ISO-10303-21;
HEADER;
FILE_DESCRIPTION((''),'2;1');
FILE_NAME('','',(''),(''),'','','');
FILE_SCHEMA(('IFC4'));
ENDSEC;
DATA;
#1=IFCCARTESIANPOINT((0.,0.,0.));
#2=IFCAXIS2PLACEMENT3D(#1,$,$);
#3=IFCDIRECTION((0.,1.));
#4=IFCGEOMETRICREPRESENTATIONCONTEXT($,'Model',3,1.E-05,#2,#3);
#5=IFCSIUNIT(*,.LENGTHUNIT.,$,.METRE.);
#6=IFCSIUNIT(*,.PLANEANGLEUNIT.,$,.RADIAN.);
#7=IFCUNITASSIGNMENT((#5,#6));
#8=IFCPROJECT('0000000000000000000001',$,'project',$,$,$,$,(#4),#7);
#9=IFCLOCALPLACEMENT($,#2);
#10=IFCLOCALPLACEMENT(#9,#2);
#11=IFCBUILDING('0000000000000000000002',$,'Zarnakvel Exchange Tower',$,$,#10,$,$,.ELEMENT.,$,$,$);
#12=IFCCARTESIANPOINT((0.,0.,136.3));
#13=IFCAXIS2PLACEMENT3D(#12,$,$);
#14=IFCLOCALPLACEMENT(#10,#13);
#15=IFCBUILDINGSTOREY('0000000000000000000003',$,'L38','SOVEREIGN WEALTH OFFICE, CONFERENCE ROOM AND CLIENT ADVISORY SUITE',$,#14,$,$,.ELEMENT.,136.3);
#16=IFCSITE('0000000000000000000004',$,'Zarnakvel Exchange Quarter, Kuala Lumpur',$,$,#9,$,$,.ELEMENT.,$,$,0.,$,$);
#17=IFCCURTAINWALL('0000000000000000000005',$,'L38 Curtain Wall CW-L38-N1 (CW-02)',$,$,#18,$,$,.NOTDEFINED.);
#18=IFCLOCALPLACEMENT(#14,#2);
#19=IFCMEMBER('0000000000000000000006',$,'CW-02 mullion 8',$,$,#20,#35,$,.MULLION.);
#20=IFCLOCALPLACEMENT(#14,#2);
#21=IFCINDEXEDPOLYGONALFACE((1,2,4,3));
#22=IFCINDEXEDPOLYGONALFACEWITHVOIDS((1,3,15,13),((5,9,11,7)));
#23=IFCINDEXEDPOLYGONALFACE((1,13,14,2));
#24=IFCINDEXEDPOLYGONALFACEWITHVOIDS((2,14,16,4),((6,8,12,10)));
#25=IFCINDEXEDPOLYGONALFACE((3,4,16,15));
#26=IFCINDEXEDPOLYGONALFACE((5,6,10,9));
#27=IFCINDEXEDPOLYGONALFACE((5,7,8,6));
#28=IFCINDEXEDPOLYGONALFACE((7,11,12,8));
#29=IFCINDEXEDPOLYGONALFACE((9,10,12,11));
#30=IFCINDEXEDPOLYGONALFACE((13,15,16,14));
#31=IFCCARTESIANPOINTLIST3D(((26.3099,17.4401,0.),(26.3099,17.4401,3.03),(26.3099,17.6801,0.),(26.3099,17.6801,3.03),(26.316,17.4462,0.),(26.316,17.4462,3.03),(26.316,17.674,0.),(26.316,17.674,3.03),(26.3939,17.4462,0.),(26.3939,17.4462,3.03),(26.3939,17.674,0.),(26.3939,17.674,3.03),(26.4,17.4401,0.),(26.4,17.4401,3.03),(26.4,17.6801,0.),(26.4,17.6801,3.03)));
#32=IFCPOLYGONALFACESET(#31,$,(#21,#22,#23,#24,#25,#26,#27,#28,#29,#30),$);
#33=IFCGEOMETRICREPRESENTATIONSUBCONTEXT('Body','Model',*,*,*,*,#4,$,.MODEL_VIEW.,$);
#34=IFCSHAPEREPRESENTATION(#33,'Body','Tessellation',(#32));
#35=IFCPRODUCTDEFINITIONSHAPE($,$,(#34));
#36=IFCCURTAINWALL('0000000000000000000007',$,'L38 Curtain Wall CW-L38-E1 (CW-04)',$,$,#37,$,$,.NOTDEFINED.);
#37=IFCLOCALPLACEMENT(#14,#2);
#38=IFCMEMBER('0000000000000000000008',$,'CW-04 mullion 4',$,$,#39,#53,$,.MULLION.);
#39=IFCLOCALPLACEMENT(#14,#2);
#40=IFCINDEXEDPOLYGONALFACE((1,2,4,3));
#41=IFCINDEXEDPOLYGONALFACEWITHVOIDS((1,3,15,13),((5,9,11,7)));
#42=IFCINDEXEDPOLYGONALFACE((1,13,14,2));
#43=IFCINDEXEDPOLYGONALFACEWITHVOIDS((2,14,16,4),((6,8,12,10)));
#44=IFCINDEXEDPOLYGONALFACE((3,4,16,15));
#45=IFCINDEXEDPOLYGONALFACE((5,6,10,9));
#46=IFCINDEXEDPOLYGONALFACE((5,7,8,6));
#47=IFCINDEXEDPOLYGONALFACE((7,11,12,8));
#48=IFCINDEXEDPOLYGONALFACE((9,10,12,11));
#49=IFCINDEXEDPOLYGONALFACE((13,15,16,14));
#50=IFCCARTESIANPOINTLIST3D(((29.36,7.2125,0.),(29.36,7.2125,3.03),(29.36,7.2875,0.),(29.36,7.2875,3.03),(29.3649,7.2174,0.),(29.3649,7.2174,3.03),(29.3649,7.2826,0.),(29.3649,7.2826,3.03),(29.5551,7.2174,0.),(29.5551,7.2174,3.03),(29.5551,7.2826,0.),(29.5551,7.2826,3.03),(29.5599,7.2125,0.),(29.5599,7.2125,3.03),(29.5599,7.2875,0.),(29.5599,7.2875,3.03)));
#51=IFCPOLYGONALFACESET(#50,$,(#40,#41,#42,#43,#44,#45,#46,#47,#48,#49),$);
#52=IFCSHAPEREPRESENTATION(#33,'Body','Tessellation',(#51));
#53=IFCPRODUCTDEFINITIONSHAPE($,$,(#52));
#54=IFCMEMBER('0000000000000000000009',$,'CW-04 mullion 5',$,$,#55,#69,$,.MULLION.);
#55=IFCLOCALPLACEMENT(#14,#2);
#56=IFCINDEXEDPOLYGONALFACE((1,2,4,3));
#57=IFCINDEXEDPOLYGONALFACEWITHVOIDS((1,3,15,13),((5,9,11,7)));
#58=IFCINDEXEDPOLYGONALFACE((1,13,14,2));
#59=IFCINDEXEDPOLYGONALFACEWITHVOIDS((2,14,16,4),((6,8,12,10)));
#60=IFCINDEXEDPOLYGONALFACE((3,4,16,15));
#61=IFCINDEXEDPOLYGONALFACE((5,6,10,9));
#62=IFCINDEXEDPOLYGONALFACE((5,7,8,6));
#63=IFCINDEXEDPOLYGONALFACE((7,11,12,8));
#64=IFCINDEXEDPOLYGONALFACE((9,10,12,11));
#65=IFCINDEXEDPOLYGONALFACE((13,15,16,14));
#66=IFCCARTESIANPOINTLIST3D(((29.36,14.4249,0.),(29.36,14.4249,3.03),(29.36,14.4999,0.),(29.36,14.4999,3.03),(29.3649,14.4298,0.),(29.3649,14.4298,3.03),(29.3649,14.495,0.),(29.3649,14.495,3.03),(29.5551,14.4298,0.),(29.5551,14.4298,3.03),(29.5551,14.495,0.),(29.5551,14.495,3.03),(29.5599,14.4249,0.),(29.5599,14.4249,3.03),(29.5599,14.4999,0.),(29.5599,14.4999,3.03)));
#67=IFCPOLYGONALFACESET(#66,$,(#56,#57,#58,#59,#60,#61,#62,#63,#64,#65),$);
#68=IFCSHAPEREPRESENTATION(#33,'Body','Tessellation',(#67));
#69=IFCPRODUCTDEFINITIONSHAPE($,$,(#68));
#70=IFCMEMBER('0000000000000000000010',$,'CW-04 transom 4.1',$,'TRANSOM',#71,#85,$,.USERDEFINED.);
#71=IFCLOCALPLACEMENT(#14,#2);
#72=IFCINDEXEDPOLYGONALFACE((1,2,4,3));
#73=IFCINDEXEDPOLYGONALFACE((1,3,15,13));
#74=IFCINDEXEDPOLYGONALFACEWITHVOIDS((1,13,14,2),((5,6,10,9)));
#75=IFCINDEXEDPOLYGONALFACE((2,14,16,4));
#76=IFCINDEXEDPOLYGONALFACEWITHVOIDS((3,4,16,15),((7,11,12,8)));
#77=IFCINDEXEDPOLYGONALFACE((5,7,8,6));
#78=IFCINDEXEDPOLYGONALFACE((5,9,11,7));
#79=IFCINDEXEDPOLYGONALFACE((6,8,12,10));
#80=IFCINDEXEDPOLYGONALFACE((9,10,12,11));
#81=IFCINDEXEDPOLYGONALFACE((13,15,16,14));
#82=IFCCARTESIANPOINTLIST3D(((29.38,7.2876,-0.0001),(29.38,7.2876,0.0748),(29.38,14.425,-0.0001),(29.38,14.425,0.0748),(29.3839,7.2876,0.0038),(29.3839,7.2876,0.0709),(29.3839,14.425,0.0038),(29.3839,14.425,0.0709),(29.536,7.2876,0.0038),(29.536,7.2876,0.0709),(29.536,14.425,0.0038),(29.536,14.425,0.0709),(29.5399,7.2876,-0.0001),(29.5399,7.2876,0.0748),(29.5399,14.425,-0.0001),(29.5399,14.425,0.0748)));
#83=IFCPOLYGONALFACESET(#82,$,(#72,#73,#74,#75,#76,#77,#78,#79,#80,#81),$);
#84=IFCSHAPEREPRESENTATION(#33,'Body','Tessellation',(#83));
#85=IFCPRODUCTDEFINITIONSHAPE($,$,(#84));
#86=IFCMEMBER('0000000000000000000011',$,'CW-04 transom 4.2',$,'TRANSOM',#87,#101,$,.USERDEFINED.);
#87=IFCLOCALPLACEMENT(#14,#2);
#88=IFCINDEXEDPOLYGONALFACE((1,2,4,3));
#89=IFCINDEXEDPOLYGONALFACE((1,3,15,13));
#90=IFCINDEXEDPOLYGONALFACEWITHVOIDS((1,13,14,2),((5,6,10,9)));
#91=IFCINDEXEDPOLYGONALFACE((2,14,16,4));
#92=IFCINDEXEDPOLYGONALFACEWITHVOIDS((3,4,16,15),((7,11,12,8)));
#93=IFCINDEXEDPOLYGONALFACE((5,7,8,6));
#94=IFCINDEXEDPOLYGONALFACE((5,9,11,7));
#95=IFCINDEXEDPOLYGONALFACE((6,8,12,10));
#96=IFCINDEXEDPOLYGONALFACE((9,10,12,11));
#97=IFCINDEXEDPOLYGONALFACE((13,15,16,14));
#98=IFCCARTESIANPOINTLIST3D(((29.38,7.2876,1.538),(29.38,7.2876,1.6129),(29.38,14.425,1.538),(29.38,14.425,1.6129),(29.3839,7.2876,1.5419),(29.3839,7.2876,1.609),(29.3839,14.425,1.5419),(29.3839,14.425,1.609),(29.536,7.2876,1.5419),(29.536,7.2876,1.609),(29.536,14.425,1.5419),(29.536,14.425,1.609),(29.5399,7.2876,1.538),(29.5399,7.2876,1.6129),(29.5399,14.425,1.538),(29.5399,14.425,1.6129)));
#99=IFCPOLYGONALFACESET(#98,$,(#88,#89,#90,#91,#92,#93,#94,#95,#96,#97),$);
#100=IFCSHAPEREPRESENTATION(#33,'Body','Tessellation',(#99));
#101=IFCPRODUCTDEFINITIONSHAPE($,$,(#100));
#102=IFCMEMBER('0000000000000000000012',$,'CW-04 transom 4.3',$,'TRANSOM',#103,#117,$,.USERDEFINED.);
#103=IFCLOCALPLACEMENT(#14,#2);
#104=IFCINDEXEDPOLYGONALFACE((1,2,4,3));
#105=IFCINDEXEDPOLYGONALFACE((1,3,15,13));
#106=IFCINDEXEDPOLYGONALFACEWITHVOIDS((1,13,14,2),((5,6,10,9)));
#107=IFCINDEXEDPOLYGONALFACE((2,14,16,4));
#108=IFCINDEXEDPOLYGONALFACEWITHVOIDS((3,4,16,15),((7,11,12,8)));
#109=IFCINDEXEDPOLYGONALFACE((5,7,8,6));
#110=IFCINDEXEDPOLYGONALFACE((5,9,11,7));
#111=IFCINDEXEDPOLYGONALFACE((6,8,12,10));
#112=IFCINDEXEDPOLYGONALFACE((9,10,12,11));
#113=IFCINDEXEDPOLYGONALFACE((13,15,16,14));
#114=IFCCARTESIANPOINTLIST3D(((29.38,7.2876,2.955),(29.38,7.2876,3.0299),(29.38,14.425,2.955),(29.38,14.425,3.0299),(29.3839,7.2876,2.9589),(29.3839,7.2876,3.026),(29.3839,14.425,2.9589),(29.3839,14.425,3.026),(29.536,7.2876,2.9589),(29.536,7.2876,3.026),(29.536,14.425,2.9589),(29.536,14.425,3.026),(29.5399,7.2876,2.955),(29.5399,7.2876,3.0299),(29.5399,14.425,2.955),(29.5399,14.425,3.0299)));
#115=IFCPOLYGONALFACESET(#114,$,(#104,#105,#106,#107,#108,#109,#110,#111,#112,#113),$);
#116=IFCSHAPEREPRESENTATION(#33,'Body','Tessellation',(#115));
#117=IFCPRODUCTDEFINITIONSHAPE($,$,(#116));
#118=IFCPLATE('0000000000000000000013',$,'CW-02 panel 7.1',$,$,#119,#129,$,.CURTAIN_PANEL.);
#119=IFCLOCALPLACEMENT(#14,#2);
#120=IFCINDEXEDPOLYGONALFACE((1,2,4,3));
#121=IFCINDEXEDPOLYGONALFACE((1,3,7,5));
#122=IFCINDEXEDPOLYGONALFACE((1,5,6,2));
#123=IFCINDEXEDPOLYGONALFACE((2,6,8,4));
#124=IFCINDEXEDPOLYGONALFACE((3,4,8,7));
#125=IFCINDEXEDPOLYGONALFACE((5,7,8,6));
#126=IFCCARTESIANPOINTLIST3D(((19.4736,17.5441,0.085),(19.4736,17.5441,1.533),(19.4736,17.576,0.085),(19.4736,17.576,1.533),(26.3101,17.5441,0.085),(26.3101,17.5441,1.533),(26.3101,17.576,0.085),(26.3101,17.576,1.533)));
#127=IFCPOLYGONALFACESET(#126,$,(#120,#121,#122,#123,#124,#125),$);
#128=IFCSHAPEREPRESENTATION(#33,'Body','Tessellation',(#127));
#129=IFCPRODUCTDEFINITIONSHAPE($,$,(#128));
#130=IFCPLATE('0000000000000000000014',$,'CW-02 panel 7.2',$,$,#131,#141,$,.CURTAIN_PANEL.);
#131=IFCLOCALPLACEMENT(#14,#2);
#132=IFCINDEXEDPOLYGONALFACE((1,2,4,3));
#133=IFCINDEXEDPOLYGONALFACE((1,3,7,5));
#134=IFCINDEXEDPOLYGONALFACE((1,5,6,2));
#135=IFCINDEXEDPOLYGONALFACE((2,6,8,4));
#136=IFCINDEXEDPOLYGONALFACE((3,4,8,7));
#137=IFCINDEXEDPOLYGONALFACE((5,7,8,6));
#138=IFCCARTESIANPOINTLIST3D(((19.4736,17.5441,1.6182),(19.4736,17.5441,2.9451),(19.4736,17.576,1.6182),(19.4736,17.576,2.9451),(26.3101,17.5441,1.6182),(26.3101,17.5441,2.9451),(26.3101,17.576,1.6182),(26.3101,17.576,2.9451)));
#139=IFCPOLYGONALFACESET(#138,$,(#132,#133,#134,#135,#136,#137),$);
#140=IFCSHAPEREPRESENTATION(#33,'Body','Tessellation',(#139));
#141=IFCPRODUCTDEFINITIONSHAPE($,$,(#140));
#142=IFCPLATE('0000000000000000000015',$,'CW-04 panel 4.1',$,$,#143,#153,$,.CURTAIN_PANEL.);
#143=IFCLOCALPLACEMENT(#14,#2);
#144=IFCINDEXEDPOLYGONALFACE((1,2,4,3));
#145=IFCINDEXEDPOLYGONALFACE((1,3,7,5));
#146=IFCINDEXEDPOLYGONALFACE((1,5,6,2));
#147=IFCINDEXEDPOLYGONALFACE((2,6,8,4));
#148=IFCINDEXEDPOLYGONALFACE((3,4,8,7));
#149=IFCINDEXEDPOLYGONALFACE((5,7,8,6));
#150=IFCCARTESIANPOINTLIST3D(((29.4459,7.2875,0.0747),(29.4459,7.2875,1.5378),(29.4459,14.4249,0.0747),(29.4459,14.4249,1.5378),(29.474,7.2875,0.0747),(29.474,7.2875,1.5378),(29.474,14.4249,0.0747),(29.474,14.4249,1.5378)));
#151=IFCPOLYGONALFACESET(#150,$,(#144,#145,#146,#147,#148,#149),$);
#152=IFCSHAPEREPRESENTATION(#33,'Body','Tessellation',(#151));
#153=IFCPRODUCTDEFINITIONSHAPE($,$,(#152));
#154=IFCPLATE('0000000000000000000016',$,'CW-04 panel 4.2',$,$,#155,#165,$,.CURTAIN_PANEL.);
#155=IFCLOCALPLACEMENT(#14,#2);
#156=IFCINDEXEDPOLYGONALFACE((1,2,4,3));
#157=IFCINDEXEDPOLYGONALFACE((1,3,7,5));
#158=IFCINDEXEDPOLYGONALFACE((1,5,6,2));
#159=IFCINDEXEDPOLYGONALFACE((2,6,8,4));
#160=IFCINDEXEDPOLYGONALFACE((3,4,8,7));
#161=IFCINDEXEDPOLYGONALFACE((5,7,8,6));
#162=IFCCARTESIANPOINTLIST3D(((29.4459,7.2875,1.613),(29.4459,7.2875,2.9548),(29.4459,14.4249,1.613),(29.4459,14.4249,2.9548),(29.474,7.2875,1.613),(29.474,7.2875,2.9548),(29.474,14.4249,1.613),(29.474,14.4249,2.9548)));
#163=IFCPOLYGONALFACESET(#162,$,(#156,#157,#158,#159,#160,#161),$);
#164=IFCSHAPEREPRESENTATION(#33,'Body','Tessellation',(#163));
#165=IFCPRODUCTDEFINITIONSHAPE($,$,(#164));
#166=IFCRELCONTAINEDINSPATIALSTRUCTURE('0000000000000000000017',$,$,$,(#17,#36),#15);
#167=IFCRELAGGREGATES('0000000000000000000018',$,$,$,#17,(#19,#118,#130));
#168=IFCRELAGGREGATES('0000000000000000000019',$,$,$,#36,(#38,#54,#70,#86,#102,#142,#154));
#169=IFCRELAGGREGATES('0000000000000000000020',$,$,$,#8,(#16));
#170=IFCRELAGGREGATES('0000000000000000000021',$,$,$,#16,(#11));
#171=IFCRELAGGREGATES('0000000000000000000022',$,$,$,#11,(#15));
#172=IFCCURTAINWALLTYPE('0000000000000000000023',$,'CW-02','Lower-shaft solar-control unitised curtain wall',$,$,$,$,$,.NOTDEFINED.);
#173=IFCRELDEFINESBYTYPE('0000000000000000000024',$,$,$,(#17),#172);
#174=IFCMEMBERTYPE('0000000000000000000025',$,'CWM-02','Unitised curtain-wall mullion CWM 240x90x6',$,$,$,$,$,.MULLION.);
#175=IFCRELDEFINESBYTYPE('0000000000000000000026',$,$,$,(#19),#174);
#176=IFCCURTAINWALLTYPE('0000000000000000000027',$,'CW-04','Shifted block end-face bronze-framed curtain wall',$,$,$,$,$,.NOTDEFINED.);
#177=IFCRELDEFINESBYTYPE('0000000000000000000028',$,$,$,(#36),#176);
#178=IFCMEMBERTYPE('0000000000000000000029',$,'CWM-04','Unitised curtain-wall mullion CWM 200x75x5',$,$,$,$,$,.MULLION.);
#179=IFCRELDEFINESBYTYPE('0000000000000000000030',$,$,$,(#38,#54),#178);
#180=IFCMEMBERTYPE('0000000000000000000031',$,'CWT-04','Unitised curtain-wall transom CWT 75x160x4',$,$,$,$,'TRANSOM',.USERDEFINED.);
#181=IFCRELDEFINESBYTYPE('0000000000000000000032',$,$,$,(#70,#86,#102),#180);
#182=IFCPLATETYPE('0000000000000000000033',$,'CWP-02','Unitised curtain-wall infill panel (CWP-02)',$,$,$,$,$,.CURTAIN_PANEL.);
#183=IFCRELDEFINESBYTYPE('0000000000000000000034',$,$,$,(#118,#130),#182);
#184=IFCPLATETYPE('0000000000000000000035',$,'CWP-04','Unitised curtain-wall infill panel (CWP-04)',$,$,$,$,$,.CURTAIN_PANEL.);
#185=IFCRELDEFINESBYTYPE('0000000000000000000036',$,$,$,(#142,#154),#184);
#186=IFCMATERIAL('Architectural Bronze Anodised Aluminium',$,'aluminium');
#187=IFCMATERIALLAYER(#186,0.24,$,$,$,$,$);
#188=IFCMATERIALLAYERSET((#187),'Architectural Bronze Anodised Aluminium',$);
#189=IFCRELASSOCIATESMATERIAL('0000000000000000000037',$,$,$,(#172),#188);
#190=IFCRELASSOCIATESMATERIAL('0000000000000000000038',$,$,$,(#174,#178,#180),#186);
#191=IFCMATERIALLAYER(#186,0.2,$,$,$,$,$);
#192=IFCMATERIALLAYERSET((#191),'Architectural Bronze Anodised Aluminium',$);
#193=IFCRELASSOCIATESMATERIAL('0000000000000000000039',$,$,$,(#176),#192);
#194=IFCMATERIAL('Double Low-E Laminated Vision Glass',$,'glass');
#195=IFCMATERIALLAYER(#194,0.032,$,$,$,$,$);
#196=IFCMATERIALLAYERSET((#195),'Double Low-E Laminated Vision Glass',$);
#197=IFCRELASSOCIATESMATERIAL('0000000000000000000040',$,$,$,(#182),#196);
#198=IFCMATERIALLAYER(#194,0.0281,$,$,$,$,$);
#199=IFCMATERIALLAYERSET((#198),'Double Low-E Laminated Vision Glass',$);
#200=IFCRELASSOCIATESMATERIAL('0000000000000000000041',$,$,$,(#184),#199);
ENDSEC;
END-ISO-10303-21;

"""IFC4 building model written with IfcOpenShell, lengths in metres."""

from ifc_helpers import new_model, si_unit, direction, frame, origin, origin_2d, place, context, subcontext, project, spatial, rectangle, hollow_rectangle, extrude, source, transform, mapped, material, layer, layer_set, material_profile, profile_set, type_object, element, aggregate, save


model = new_model("IFC4")

# Units and contexts
model_context = context("Model", 3, precision=1e-05, world=origin(), true_north=direction((0.0, 1.0)))
body_context = subcontext(model_context, "Body", "Model", "MODEL_VIEW")
ifc_project = project(units=[si_unit("LENGTHUNIT", "METRE"), si_unit("PLANEANGLEUNIT", "RADIAN")], contexts=[model_context])

# Site, building, storey
site_placement = place(None, origin())
site = spatial("IfcSite", under=ifc_project, at=site_placement, Name="Zarnakvel Exchange Quarter, Kuala Lumpur", CompositionType="ELEMENT", RefElevation=0.0)
building_placement = place(site_placement, origin())
building = spatial("IfcBuilding", under=site, at=building_placement, Name="Zarnakvel Exchange Tower", CompositionType="ELEMENT")
storey_placement = place(building_placement, frame((0.0, 0.0, 136.3)))
storey = spatial("IfcBuildingStorey", under=building, at=storey_placement, Name="L38", Description="SOVEREIGN WEALTH OFFICE, CONFERENCE ROOM AND CLIENT ADVISORY SUITE", CompositionType="ELEMENT", Elevation=136.3)

# Curtain wall, member
ifc_material_1 = material(Name="Architectural Bronze Anodised Aluminium", Category="aluminium")
ifc_layer_1 = layer(ifc_material_1, 0.24)
ifc_layer_set_1 = layer_set([ifc_layer_1], Name="Architectural Bronze Anodised Aluminium")
curtain_wall_type_1 = type_object("IfcCurtainWallType", Name="CW-02", Description="Lower-shaft solar-control unitised curtain wall", PredefinedType="NOTDEFINED", material=ifc_layer_set_1)
curtain_wall_1_placement = place(storey_placement, origin())
curtain_wall_1 = element("IfcCurtainWall", 1, at=curtain_wall_1_placement, inside=storey, type_object=curtain_wall_type_1, Name="L38 Curtain Wall CW-L38-N1 (CW-02)", PredefinedType="NOTDEFINED")
ifc_material_profile_1 = material_profile(ifc_material_1, hollow_rectangle(XDim=0.24, YDim=0.0901, WallThickness=0.0061, at=origin_2d()))
ifc_profile_set_1 = profile_set([ifc_material_profile_1], Name="Architectural Bronze Anodised Aluminium")
member_type_1 = type_object("IfcMemberType", Name="CWM-02", Description="Unitised curtain-wall mullion CWM 240x90x6", PredefinedType="MULLION", material=ifc_profile_set_1)
shared_shape_1 = source(origin(), body_context, "Body", "SweptSolid", [
    extrude(hollow_rectangle(XDim=0.24, YDim=0.0901, WallThickness=0.0061, at=origin_2d()), origin(), (0.0, 0.0, 1.0), 3.03),
])
member_1_placement = place(storey_placement, frame((26.355, 17.5601, 0.0), z_axis=(0.0, 0.0, 1.0), x_axis=(0.0, 1.0, 0.0)))
member_1 = element("IfcMember", 2, at=member_1_placement, type_object=member_type_1, Name="CW-02 mullion 8", PredefinedType="MULLION", context=body_context, shape_type="MappedRepresentation", body=[
    mapped(shared_shape_1, transform((0.0, 0.0, 0.0), x_axis=(1.0, 0.0, 0.0), y_axis=(0.0, 1.0, 0.0), z_axis=(0.0, 0.0, 1.0), scale=1.0)),
])

# Curtain wall, members
ifc_layer_2 = layer(ifc_material_1, 0.2)
ifc_layer_set_2 = layer_set([ifc_layer_2], Name="Architectural Bronze Anodised Aluminium")
curtain_wall_type_2 = type_object("IfcCurtainWallType", Name="CW-04", Description="Shifted block end-face bronze-framed curtain wall", PredefinedType="NOTDEFINED", material=ifc_layer_set_2)
curtain_wall_2_placement = place(storey_placement, origin())
curtain_wall_2 = element("IfcCurtainWall", 3, at=curtain_wall_2_placement, inside=storey, type_object=curtain_wall_type_2, Name="L38 Curtain Wall CW-L38-E1 (CW-04)", PredefinedType="NOTDEFINED")
ifc_material_profile_2 = material_profile(ifc_material_1, hollow_rectangle(XDim=0.2, YDim=0.075, WallThickness=0.0049, at=origin_2d()))
ifc_profile_set_2 = profile_set([ifc_material_profile_2], Name="Architectural Bronze Anodised Aluminium")
member_type_2 = type_object("IfcMemberType", Name="CWM-04", Description="Unitised curtain-wall mullion CWM 200x75x5", PredefinedType="MULLION", material=ifc_profile_set_2)
shared_shape_2 = source(origin(), body_context, "Body", "SweptSolid", [
    extrude(hollow_rectangle(XDim=0.2, YDim=0.075, WallThickness=0.0049, at=origin_2d()), origin(), (0.0, 0.0, 1.0), 3.03),
])
member_2_placement = place(storey_placement, frame((29.46, 7.25, 0.0), z_axis=(0.0, 0.0, 1.0), x_axis=(-1.0, 0.0, 0.0)))
member_2 = element("IfcMember", 4, at=member_2_placement, type_object=member_type_2, Name="CW-04 mullion 4", PredefinedType="MULLION", context=body_context, shape_type="MappedRepresentation", body=[
    mapped(shared_shape_2, transform((0.0, 0.0, 0.0), x_axis=(1.0, 0.0, 0.0), y_axis=(0.0, 1.0, 0.0), z_axis=(0.0, 0.0, 1.0), scale=1.0)),
])
member_3_placement = place(storey_placement, frame((29.46, 14.4624, 0.0), z_axis=(0.0, 0.0, 1.0), x_axis=(-1.0, 0.0, 0.0)))
member_3 = element("IfcMember", 5, at=member_3_placement, type_object=member_type_2, Name="CW-04 mullion 5", PredefinedType="MULLION", context=body_context, shape_type="MappedRepresentation", body=[
    mapped(shared_shape_2, transform((0.0, 0.0, 0.0), x_axis=(1.0, 0.0, 0.0), y_axis=(0.0, 1.0, 0.0), z_axis=(0.0, 0.0, 1.0), scale=1.0)),
])
ifc_material_profile_3 = material_profile(ifc_material_1, hollow_rectangle(XDim=0.1599, YDim=0.075, WallThickness=0.0039, at=origin_2d()))
ifc_profile_set_3 = profile_set([ifc_material_profile_3], Name="Architectural Bronze Anodised Aluminium")
member_type_3 = type_object("IfcMemberType", Name="CWT-04", Description="Unitised curtain-wall transom CWT 75x160x4", ElementType="TRANSOM", PredefinedType="USERDEFINED", material=ifc_profile_set_3)
shared_shape_3 = source(origin(), body_context, "Body", "SweptSolid", [
    extrude(hollow_rectangle(XDim=0.1599, YDim=0.075, WallThickness=0.0039, at=origin_2d()), origin(), (0.0, 0.0, 1.0), 7.1375),
])
member_4_placement = place(storey_placement, frame((29.46, 7.2876, 0.0374), z_axis=(0.0, 1.0, 0.0), x_axis=(-1.0, 0.0, 0.0)))
member_4 = element("IfcMember", 6, at=member_4_placement, type_object=member_type_3, Name="CW-04 transom 4.1", ObjectType="TRANSOM", PredefinedType="USERDEFINED", context=body_context, shape_type="MappedRepresentation", body=[
    mapped(shared_shape_3, transform((0.0, 0.0, 0.0), x_axis=(1.0, 0.0, 0.0), y_axis=(0.0, 1.0, 0.0), z_axis=(0.0, 0.0, 1.0), scale=1.0)),
])
member_5_placement = place(storey_placement, frame((29.46, 7.2876, 1.5754), z_axis=(0.0, 1.0, 0.0), x_axis=(-1.0, 0.0, 0.0)))
member_5 = element("IfcMember", 7, at=member_5_placement, type_object=member_type_3, Name="CW-04 transom 4.2", ObjectType="TRANSOM", PredefinedType="USERDEFINED", context=body_context, shape_type="MappedRepresentation", body=[
    mapped(shared_shape_3, transform((0.0, 0.0, 0.0), x_axis=(1.0, 0.0, 0.0), y_axis=(0.0, 1.0, 0.0), z_axis=(0.0, 0.0, 1.0), scale=1.0)),
])
member_6_placement = place(storey_placement, frame((29.46, 7.2876, 2.9924), z_axis=(0.0, 1.0, 0.0), x_axis=(-1.0, 0.0, 0.0)))
member_6 = element("IfcMember", 8, at=member_6_placement, type_object=member_type_3, Name="CW-04 transom 4.3", ObjectType="TRANSOM", PredefinedType="USERDEFINED", context=body_context, shape_type="MappedRepresentation", body=[
    mapped(shared_shape_3, transform((0.0, 0.0, 0.0), x_axis=(1.0, 0.0, 0.0), y_axis=(0.0, 1.0, 0.0), z_axis=(0.0, 0.0, 1.0), scale=1.0)),
])

# Plates
ifc_material_2 = material(Name="Double Low-E Laminated Vision Glass", Category="glass")
ifc_layer_3 = layer(ifc_material_2, 0.032)
ifc_layer_set_3 = layer_set([ifc_layer_3], Name="Double Low-E Laminated Vision Glass")
plate_type_1 = type_object("IfcPlateType", Name="CWP-02", Description="Unitised curtain-wall infill panel (CWP-02)", PredefinedType="CURTAIN_PANEL", material=ifc_layer_set_3)
shared_shape_4 = source(origin(), body_context, "Body", "SweptSolid", [
    extrude(rectangle(XDim=6.8364, YDim=0.032, at=origin_2d()), origin(), (0.0, 0.0, 1.0), 1.448),
])
plate_1_placement = place(storey_placement, frame((22.8918, 17.5601, 0.085), z_axis=(0.0, 0.0, 1.0), x_axis=(1.0, 0.0, 0.0)))
plate_1 = element("IfcPlate", 9, at=plate_1_placement, type_object=plate_type_1, Name="CW-02 panel 7.1", PredefinedType="CURTAIN_PANEL", context=body_context, shape_type="MappedRepresentation", body=[
    mapped(shared_shape_4, transform((0.0, 0.0, 0.0), x_axis=(1.0, 0.0, 0.0), y_axis=(0.0, 1.0, 0.0), z_axis=(0.0, 0.0, 1.0), scale=1.0)),
])
shared_shape_5 = source(origin(), body_context, "Body", "SweptSolid", [
    extrude(rectangle(XDim=6.8364, YDim=0.032, at=origin_2d()), origin(), (0.0, 0.0, 1.0), 1.3269),
])
plate_2_placement = place(storey_placement, frame((22.8918, 17.5601, 1.6182), z_axis=(0.0, 0.0, 1.0), x_axis=(1.0, 0.0, 0.0)))
plate_2 = element("IfcPlate", 10, at=plate_2_placement, type_object=plate_type_1, Name="CW-02 panel 7.2", PredefinedType="CURTAIN_PANEL", context=body_context, shape_type="MappedRepresentation", body=[
    mapped(shared_shape_5, transform((0.0, 0.0, 0.0), x_axis=(1.0, 0.0, 0.0), y_axis=(0.0, 1.0, 0.0), z_axis=(0.0, 0.0, 1.0), scale=1.0)),
])
aggregate(curtain_wall_1, [member_1, plate_1, plate_2])
ifc_layer_4 = layer(ifc_material_2, 0.0281)
ifc_layer_set_4 = layer_set([ifc_layer_4], Name="Double Low-E Laminated Vision Glass")
plate_type_2 = type_object("IfcPlateType", Name="CWP-04", Description="Unitised curtain-wall infill panel (CWP-04)", PredefinedType="CURTAIN_PANEL", material=ifc_layer_set_4)
shared_shape_6 = source(origin(), body_context, "Body", "SweptSolid", [
    extrude(rectangle(XDim=7.1375, YDim=0.0281, at=origin_2d()), origin(), (0.0, 0.0, 1.0), 1.4631),
])
plate_3_placement = place(storey_placement, frame((29.46, 10.8562, 0.0747), z_axis=(0.0, 0.0, 1.0), x_axis=(0.0, 1.0, 0.0)))
plate_3 = element("IfcPlate", 11, at=plate_3_placement, type_object=plate_type_2, Name="CW-04 panel 4.1", PredefinedType="CURTAIN_PANEL", context=body_context, shape_type="MappedRepresentation", body=[
    mapped(shared_shape_6, transform((0.0, 0.0, 0.0), x_axis=(1.0, 0.0, 0.0), y_axis=(0.0, 1.0, 0.0), z_axis=(0.0, 0.0, 1.0), scale=1.0)),
])
shared_shape_7 = source(origin(), body_context, "Body", "SweptSolid", [
    extrude(rectangle(XDim=7.1375, YDim=0.0281, at=origin_2d()), origin(), (0.0, 0.0, 1.0), 1.3418),
])
plate_4_placement = place(storey_placement, frame((29.46, 10.8562, 1.613), z_axis=(0.0, 0.0, 1.0), x_axis=(0.0, 1.0, 0.0)))
plate_4 = element("IfcPlate", 12, at=plate_4_placement, type_object=plate_type_2, Name="CW-04 panel 4.2", PredefinedType="CURTAIN_PANEL", context=body_context, shape_type="MappedRepresentation", body=[
    mapped(shared_shape_7, transform((0.0, 0.0, 0.0), x_axis=(1.0, 0.0, 0.0), y_axis=(0.0, 1.0, 0.0), z_axis=(0.0, 0.0, 1.0), scale=1.0)),
])
aggregate(curtain_wall_2, [member_2, member_3, member_4, member_5, member_6, plate_3, plate_4])

save(model, "model.ifc")
